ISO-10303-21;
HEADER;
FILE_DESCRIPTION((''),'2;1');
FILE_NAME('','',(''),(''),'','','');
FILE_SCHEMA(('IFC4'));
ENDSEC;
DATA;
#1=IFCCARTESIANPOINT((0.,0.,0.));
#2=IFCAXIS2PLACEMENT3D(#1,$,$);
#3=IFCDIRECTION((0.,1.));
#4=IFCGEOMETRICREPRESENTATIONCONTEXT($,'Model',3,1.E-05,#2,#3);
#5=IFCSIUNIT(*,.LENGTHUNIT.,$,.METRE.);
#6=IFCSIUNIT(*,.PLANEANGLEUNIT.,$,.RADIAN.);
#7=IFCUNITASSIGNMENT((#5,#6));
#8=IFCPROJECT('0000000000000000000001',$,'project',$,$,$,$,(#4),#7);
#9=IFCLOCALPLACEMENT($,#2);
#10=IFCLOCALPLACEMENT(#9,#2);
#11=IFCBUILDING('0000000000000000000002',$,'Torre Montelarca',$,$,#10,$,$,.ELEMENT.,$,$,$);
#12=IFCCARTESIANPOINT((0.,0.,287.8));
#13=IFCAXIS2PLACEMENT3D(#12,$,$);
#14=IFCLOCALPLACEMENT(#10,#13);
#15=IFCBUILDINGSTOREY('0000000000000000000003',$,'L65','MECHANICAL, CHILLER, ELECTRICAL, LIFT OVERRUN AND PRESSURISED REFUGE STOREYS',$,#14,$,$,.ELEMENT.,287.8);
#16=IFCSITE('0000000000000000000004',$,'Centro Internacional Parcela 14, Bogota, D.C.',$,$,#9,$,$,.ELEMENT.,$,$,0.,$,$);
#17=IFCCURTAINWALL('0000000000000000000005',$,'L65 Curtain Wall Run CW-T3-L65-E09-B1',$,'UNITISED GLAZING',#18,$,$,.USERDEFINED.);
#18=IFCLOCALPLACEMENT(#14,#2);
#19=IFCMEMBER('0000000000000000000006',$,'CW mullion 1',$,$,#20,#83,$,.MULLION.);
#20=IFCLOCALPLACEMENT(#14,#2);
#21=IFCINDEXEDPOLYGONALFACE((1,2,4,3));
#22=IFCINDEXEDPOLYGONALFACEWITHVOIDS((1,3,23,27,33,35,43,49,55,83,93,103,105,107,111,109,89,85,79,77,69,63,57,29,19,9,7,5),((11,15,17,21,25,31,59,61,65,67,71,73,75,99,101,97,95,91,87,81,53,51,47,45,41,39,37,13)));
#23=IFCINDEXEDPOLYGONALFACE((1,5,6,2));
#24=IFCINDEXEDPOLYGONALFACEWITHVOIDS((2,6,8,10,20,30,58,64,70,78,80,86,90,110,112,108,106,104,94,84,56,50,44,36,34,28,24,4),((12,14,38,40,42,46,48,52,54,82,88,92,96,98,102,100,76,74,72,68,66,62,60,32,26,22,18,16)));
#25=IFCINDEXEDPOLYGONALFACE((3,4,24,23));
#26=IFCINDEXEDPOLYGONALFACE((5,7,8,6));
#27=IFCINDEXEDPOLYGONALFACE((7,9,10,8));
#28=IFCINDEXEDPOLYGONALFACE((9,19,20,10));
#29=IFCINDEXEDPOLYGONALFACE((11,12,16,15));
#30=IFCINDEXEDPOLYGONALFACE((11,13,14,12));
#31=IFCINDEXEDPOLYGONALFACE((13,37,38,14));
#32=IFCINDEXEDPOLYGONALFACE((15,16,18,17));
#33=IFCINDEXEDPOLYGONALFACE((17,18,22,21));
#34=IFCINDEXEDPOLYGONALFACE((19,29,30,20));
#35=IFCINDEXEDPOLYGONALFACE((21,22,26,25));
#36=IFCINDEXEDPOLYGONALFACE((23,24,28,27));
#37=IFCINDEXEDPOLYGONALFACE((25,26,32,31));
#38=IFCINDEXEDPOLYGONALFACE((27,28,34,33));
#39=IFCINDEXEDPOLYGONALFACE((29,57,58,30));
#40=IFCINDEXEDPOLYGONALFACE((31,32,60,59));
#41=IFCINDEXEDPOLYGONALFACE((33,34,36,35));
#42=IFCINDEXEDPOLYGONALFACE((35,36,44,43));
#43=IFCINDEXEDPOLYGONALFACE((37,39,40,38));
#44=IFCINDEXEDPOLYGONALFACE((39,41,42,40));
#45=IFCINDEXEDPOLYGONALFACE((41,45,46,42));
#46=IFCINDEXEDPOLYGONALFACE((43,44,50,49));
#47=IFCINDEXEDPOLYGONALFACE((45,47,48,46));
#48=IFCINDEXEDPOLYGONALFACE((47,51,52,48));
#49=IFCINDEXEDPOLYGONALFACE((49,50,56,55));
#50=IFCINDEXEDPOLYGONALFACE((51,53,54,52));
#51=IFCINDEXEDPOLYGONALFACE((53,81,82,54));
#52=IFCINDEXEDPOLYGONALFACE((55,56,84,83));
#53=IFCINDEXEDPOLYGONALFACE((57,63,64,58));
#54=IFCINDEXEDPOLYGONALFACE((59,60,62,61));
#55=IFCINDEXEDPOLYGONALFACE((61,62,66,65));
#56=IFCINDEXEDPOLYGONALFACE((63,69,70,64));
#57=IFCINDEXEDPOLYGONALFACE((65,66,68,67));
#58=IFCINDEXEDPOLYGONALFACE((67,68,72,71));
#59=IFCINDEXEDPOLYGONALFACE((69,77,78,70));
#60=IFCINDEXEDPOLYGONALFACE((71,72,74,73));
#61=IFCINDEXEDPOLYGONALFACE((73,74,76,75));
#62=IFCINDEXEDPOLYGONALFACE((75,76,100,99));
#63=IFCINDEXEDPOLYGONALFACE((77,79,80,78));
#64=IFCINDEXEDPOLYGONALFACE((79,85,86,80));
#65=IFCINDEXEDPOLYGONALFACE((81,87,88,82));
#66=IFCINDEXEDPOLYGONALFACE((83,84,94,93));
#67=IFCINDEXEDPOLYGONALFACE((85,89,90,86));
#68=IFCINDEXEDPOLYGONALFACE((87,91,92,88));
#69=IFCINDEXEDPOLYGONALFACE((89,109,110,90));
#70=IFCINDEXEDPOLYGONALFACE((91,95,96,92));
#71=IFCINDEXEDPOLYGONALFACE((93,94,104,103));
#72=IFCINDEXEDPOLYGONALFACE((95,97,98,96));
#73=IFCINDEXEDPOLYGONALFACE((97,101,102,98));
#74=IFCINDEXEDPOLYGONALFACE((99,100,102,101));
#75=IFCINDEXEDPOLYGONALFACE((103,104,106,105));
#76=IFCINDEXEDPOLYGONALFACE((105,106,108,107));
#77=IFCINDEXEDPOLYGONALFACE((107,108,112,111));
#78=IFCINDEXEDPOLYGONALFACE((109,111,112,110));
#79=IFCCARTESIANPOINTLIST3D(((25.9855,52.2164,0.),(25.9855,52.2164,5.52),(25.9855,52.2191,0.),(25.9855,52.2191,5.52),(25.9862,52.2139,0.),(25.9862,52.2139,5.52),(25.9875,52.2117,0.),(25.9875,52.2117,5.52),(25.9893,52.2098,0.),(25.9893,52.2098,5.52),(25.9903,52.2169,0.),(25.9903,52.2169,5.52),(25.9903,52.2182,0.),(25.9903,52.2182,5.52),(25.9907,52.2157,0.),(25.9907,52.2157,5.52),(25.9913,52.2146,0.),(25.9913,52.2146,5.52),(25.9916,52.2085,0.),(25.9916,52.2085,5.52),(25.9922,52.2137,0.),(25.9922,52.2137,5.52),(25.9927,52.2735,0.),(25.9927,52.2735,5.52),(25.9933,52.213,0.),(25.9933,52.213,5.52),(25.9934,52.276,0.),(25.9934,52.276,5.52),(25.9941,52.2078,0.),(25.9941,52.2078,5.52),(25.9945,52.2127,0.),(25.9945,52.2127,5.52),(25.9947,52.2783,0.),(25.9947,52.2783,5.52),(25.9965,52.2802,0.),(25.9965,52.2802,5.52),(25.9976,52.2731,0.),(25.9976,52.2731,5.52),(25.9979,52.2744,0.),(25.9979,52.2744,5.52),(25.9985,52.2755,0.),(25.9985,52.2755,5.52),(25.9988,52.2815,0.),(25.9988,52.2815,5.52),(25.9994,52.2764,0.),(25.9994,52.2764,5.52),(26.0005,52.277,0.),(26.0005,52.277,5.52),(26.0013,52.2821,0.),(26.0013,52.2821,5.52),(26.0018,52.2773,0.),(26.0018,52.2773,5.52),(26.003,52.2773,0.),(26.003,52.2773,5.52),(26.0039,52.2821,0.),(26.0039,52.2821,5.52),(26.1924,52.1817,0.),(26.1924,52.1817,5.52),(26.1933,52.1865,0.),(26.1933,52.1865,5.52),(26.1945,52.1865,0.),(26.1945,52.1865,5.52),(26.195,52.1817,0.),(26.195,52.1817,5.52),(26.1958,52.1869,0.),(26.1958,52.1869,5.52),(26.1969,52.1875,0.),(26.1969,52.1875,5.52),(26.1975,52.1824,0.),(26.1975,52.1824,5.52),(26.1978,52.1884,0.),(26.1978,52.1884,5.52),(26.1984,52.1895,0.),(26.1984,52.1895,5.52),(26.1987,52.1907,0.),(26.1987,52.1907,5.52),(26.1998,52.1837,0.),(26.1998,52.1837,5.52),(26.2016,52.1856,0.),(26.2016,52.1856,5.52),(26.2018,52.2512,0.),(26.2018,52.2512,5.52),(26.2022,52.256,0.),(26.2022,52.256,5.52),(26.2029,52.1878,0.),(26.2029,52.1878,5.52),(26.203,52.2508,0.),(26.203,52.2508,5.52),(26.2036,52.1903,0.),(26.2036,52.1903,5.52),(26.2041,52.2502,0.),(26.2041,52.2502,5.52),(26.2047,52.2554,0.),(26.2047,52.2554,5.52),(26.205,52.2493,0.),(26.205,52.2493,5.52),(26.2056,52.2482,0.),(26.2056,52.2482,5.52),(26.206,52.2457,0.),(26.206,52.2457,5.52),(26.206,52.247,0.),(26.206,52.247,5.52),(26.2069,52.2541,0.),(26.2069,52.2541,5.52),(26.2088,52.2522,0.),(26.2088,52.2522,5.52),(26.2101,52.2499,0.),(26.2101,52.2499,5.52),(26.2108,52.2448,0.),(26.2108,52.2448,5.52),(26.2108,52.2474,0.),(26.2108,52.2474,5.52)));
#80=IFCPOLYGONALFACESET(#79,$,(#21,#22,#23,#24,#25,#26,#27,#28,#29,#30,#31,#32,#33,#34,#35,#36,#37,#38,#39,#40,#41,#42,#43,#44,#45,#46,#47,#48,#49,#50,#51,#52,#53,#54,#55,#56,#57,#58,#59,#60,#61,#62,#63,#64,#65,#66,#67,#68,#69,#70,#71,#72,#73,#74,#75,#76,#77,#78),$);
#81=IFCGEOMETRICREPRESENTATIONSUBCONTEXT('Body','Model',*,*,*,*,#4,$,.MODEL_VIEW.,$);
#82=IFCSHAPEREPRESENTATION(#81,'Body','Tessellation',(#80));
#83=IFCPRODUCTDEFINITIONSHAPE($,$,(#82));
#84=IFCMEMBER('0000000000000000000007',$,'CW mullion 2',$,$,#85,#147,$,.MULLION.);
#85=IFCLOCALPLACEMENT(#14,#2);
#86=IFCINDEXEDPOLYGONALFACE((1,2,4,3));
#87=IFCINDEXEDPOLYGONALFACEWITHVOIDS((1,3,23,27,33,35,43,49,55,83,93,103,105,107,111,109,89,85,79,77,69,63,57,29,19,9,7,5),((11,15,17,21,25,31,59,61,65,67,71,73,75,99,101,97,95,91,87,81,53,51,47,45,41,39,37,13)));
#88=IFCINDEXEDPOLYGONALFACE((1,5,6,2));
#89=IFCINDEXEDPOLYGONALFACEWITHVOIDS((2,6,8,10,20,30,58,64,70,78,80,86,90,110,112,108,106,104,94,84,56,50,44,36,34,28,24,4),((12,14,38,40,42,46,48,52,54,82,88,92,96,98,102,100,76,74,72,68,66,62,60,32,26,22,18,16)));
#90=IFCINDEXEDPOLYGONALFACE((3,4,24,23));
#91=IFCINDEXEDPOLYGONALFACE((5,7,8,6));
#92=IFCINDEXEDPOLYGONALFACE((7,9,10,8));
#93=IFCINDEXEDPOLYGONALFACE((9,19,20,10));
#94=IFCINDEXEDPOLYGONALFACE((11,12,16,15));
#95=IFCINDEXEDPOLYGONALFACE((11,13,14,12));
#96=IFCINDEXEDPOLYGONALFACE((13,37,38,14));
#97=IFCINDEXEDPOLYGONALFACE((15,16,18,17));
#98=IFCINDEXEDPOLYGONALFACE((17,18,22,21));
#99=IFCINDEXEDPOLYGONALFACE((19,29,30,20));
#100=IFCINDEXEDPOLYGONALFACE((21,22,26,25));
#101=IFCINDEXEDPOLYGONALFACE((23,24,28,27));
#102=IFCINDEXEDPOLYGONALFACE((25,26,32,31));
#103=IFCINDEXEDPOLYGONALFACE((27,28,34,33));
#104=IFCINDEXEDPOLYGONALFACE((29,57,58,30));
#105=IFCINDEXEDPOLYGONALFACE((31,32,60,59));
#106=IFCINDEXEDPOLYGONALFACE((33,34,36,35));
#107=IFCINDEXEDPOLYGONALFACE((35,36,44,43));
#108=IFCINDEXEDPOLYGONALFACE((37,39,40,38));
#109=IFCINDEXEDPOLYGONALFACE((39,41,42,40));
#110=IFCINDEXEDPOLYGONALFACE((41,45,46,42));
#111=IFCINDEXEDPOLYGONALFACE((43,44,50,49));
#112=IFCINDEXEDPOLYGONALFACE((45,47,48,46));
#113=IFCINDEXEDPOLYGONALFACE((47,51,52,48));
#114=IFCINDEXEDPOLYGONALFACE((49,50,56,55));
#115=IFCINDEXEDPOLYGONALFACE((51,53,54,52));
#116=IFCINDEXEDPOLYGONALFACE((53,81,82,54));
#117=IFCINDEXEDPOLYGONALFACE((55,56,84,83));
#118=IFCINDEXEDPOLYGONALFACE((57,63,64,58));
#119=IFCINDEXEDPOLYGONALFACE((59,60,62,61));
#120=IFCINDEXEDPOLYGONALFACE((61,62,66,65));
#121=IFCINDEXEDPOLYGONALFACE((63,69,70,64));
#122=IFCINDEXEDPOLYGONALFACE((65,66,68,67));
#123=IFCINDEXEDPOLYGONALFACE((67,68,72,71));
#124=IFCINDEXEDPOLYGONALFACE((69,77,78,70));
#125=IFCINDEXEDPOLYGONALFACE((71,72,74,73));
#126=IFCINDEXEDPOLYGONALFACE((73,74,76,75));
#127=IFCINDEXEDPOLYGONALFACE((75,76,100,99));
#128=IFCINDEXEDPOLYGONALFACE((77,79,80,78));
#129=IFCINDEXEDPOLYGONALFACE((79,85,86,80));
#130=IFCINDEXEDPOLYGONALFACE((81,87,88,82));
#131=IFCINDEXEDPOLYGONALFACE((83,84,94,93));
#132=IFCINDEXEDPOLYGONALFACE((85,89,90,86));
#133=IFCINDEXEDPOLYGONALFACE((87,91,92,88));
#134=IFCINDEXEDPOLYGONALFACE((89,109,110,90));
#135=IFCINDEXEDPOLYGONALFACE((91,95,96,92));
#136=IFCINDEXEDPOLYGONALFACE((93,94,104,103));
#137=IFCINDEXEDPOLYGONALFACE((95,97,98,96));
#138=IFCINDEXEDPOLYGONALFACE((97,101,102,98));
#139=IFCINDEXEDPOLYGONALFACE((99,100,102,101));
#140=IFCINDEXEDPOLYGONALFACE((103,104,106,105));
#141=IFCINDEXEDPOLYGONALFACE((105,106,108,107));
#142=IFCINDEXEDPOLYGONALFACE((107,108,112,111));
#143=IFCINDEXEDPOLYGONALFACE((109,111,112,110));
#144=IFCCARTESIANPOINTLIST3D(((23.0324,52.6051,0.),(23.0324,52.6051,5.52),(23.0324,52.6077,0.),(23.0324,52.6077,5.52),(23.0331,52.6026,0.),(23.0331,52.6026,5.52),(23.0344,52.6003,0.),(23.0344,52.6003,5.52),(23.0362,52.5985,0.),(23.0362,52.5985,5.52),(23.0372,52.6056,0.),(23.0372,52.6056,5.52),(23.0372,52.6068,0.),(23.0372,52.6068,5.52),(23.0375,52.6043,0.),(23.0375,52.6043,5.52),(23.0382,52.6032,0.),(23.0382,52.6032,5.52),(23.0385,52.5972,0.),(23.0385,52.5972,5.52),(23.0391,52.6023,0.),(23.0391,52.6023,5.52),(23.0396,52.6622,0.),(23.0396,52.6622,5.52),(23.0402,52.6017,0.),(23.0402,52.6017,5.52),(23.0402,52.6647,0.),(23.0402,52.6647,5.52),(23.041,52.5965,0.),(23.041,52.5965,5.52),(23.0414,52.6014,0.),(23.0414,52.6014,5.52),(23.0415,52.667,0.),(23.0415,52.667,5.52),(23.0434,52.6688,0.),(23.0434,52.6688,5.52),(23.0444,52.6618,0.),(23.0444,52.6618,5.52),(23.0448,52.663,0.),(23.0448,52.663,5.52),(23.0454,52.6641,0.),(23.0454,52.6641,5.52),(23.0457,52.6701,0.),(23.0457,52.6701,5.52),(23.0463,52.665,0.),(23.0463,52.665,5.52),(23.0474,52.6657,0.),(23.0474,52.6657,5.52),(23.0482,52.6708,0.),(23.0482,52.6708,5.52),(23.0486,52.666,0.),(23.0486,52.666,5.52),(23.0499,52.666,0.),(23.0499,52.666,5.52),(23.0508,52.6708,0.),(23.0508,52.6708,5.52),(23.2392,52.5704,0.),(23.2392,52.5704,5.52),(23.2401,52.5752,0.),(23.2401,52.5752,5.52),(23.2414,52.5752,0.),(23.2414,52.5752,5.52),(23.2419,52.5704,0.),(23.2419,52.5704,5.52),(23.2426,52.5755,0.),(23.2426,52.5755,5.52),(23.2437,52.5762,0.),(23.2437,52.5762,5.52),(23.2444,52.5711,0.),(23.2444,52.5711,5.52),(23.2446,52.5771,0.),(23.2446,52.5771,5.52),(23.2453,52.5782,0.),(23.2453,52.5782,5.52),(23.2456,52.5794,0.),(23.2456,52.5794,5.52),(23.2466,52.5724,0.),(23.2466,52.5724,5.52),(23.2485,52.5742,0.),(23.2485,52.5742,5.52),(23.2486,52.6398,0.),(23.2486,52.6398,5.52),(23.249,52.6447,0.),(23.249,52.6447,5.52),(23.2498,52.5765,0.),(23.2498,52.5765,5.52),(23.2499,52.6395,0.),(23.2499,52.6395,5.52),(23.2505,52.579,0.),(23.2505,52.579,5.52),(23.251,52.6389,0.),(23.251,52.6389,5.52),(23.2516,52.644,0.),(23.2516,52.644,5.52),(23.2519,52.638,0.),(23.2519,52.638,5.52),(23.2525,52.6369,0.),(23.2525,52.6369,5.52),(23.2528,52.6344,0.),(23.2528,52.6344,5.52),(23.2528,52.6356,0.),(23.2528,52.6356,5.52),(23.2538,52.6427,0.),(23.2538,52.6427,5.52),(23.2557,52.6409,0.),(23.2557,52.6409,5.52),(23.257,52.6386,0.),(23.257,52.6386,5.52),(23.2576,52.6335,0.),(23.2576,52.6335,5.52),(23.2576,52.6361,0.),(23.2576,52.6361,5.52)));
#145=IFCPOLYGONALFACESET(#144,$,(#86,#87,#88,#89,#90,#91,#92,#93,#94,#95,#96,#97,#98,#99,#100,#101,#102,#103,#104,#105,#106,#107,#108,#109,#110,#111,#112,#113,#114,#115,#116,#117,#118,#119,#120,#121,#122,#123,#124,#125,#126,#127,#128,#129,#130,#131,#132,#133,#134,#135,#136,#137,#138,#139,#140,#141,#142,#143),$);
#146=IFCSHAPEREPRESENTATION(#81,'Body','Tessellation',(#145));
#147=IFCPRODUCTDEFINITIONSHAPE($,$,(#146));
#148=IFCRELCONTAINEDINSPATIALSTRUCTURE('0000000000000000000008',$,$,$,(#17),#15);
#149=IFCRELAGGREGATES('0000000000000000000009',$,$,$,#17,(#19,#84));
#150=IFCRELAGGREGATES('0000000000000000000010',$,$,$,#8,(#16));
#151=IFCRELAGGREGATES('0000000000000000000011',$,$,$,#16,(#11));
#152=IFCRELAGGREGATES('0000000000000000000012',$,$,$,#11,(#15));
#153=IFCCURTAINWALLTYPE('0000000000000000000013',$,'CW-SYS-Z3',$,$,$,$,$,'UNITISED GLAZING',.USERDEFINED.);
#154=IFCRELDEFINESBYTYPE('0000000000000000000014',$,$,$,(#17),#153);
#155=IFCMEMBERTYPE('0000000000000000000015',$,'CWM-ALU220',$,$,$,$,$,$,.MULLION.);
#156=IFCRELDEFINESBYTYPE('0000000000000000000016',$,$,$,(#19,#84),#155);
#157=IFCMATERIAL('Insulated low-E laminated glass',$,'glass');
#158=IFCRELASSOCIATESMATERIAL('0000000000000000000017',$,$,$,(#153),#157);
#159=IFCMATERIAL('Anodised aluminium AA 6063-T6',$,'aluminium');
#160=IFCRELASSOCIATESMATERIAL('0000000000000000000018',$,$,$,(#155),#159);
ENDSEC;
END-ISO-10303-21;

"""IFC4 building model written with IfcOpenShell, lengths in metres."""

from ifc_helpers import new_model, si_unit, direction, frame, origin, origin_2d, place, context, subcontext, project, spatial, hollow_rectangle, extrude, source, transform, mapped, material, material_profile, profile_set, type_object, element, aggregate, save


model = new_model("IFC4")

# Units and contexts
model_context = context("Model", 3, precision=1e-05, world=origin(), true_north=direction((0.0, 1.0)))
body_context = subcontext(model_context, "Body", "Model", "MODEL_VIEW")
ifc_project = project(units=[si_unit("LENGTHUNIT", "METRE"), si_unit("PLANEANGLEUNIT", "RADIAN")], contexts=[model_context])

# Site, building, storey
site_placement = place(None, origin())
site = spatial("IfcSite", under=ifc_project, at=site_placement, Name="Centro Internacional Parcela 14, Bogota, D.C.", CompositionType="ELEMENT", RefElevation=0.0)
building_placement = place(site_placement, origin())
building = spatial("IfcBuilding", under=site, at=building_placement, Name="Torre Montelarca", CompositionType="ELEMENT")
storey_placement = place(building_placement, frame((0.0, 0.0, 287.8)))
storey = spatial("IfcBuildingStorey", under=building, at=storey_placement, Name="L65", Description="MECHANICAL, CHILLER, ELECTRICAL, LIFT OVERRUN AND PRESSURISED REFUGE STOREYS", CompositionType="ELEMENT", Elevation=287.8)

# Curtain wall, members
ifc_material_1 = material(Name="Insulated low-E laminated glass", Category="glass")
curtain_wall_type = type_object("IfcCurtainWallType", Name="CW-SYS-Z3", ElementType="UNITISED GLAZING", PredefinedType="USERDEFINED", material=ifc_material_1)
curtain_wall_placement = place(storey_placement, origin())
curtain_wall = element("IfcCurtainWall", 1, at=curtain_wall_placement, inside=storey, type_object=curtain_wall_type, Name="L65 Curtain Wall Run CW-T3-L65-E09-B1", ObjectType="UNITISED GLAZING", PredefinedType="USERDEFINED")
ifc_material_2 = material(Name="Anodised aluminium AA 6063-T6", Category="aluminium")
ifc_material_profile_1 = material_profile(ifc_material_2, hollow_rectangle(XDim=0.075, YDim=0.22, WallThickness=0.0049, InnerFilletRadius=0.0049, OuterFilletRadius=0.01, at=origin_2d()), Name="ALU75X220X5", Category="aluminium")
ifc_profile_set_1 = profile_set([ifc_material_profile_1], Name="Anodised aluminium AA 6063-T6")
member_type_1 = type_object("IfcMemberType", Name="CWM-ALU220", PredefinedType="MULLION", material=ifc_profile_set_1)
shared_shape_1 = source(origin(), body_context, "Body", "SweptSolid", [
    extrude(hollow_rectangle(XDim=0.075, YDim=0.22, WallThickness=0.0049, InnerFilletRadius=0.0049, OuterFilletRadius=0.01, at=origin_2d()), origin(), (0.0, 0.0, 1.0), 5.52),
])
member_1_placement = place(storey_placement, frame((26.0981, 52.2319, 0.0), z_axis=(0.0, 0.0, 1.0), x_axis=(-0.130514, -0.991446, 0.0)))
member_1 = element("IfcMember", 2, at=member_1_placement, type_object=member_type_1, Name="CW mullion 1", PredefinedType="MULLION", context=body_context, shape_type="MappedRepresentation", body=[
    mapped(shared_shape_1, transform((0.0, 0.0, 0.0), scale=1.0)),
])
member_2_placement = place(storey_placement, frame((23.145, 52.6206, 0.0), z_axis=(0.0, 0.0, 1.0), x_axis=(-0.130514, -0.991446, 0.0)))
member_2 = element("IfcMember", 3, at=member_2_placement, type_object=member_type_1, Name="CW mullion 2", PredefinedType="MULLION", context=body_context, shape_type="MappedRepresentation", body=[
    mapped(shared_shape_1, transform((0.0, 0.0, 0.0), scale=1.0)),
])
aggregate(curtain_wall, [member_1, member_2])

save(model, "model.ifc")
